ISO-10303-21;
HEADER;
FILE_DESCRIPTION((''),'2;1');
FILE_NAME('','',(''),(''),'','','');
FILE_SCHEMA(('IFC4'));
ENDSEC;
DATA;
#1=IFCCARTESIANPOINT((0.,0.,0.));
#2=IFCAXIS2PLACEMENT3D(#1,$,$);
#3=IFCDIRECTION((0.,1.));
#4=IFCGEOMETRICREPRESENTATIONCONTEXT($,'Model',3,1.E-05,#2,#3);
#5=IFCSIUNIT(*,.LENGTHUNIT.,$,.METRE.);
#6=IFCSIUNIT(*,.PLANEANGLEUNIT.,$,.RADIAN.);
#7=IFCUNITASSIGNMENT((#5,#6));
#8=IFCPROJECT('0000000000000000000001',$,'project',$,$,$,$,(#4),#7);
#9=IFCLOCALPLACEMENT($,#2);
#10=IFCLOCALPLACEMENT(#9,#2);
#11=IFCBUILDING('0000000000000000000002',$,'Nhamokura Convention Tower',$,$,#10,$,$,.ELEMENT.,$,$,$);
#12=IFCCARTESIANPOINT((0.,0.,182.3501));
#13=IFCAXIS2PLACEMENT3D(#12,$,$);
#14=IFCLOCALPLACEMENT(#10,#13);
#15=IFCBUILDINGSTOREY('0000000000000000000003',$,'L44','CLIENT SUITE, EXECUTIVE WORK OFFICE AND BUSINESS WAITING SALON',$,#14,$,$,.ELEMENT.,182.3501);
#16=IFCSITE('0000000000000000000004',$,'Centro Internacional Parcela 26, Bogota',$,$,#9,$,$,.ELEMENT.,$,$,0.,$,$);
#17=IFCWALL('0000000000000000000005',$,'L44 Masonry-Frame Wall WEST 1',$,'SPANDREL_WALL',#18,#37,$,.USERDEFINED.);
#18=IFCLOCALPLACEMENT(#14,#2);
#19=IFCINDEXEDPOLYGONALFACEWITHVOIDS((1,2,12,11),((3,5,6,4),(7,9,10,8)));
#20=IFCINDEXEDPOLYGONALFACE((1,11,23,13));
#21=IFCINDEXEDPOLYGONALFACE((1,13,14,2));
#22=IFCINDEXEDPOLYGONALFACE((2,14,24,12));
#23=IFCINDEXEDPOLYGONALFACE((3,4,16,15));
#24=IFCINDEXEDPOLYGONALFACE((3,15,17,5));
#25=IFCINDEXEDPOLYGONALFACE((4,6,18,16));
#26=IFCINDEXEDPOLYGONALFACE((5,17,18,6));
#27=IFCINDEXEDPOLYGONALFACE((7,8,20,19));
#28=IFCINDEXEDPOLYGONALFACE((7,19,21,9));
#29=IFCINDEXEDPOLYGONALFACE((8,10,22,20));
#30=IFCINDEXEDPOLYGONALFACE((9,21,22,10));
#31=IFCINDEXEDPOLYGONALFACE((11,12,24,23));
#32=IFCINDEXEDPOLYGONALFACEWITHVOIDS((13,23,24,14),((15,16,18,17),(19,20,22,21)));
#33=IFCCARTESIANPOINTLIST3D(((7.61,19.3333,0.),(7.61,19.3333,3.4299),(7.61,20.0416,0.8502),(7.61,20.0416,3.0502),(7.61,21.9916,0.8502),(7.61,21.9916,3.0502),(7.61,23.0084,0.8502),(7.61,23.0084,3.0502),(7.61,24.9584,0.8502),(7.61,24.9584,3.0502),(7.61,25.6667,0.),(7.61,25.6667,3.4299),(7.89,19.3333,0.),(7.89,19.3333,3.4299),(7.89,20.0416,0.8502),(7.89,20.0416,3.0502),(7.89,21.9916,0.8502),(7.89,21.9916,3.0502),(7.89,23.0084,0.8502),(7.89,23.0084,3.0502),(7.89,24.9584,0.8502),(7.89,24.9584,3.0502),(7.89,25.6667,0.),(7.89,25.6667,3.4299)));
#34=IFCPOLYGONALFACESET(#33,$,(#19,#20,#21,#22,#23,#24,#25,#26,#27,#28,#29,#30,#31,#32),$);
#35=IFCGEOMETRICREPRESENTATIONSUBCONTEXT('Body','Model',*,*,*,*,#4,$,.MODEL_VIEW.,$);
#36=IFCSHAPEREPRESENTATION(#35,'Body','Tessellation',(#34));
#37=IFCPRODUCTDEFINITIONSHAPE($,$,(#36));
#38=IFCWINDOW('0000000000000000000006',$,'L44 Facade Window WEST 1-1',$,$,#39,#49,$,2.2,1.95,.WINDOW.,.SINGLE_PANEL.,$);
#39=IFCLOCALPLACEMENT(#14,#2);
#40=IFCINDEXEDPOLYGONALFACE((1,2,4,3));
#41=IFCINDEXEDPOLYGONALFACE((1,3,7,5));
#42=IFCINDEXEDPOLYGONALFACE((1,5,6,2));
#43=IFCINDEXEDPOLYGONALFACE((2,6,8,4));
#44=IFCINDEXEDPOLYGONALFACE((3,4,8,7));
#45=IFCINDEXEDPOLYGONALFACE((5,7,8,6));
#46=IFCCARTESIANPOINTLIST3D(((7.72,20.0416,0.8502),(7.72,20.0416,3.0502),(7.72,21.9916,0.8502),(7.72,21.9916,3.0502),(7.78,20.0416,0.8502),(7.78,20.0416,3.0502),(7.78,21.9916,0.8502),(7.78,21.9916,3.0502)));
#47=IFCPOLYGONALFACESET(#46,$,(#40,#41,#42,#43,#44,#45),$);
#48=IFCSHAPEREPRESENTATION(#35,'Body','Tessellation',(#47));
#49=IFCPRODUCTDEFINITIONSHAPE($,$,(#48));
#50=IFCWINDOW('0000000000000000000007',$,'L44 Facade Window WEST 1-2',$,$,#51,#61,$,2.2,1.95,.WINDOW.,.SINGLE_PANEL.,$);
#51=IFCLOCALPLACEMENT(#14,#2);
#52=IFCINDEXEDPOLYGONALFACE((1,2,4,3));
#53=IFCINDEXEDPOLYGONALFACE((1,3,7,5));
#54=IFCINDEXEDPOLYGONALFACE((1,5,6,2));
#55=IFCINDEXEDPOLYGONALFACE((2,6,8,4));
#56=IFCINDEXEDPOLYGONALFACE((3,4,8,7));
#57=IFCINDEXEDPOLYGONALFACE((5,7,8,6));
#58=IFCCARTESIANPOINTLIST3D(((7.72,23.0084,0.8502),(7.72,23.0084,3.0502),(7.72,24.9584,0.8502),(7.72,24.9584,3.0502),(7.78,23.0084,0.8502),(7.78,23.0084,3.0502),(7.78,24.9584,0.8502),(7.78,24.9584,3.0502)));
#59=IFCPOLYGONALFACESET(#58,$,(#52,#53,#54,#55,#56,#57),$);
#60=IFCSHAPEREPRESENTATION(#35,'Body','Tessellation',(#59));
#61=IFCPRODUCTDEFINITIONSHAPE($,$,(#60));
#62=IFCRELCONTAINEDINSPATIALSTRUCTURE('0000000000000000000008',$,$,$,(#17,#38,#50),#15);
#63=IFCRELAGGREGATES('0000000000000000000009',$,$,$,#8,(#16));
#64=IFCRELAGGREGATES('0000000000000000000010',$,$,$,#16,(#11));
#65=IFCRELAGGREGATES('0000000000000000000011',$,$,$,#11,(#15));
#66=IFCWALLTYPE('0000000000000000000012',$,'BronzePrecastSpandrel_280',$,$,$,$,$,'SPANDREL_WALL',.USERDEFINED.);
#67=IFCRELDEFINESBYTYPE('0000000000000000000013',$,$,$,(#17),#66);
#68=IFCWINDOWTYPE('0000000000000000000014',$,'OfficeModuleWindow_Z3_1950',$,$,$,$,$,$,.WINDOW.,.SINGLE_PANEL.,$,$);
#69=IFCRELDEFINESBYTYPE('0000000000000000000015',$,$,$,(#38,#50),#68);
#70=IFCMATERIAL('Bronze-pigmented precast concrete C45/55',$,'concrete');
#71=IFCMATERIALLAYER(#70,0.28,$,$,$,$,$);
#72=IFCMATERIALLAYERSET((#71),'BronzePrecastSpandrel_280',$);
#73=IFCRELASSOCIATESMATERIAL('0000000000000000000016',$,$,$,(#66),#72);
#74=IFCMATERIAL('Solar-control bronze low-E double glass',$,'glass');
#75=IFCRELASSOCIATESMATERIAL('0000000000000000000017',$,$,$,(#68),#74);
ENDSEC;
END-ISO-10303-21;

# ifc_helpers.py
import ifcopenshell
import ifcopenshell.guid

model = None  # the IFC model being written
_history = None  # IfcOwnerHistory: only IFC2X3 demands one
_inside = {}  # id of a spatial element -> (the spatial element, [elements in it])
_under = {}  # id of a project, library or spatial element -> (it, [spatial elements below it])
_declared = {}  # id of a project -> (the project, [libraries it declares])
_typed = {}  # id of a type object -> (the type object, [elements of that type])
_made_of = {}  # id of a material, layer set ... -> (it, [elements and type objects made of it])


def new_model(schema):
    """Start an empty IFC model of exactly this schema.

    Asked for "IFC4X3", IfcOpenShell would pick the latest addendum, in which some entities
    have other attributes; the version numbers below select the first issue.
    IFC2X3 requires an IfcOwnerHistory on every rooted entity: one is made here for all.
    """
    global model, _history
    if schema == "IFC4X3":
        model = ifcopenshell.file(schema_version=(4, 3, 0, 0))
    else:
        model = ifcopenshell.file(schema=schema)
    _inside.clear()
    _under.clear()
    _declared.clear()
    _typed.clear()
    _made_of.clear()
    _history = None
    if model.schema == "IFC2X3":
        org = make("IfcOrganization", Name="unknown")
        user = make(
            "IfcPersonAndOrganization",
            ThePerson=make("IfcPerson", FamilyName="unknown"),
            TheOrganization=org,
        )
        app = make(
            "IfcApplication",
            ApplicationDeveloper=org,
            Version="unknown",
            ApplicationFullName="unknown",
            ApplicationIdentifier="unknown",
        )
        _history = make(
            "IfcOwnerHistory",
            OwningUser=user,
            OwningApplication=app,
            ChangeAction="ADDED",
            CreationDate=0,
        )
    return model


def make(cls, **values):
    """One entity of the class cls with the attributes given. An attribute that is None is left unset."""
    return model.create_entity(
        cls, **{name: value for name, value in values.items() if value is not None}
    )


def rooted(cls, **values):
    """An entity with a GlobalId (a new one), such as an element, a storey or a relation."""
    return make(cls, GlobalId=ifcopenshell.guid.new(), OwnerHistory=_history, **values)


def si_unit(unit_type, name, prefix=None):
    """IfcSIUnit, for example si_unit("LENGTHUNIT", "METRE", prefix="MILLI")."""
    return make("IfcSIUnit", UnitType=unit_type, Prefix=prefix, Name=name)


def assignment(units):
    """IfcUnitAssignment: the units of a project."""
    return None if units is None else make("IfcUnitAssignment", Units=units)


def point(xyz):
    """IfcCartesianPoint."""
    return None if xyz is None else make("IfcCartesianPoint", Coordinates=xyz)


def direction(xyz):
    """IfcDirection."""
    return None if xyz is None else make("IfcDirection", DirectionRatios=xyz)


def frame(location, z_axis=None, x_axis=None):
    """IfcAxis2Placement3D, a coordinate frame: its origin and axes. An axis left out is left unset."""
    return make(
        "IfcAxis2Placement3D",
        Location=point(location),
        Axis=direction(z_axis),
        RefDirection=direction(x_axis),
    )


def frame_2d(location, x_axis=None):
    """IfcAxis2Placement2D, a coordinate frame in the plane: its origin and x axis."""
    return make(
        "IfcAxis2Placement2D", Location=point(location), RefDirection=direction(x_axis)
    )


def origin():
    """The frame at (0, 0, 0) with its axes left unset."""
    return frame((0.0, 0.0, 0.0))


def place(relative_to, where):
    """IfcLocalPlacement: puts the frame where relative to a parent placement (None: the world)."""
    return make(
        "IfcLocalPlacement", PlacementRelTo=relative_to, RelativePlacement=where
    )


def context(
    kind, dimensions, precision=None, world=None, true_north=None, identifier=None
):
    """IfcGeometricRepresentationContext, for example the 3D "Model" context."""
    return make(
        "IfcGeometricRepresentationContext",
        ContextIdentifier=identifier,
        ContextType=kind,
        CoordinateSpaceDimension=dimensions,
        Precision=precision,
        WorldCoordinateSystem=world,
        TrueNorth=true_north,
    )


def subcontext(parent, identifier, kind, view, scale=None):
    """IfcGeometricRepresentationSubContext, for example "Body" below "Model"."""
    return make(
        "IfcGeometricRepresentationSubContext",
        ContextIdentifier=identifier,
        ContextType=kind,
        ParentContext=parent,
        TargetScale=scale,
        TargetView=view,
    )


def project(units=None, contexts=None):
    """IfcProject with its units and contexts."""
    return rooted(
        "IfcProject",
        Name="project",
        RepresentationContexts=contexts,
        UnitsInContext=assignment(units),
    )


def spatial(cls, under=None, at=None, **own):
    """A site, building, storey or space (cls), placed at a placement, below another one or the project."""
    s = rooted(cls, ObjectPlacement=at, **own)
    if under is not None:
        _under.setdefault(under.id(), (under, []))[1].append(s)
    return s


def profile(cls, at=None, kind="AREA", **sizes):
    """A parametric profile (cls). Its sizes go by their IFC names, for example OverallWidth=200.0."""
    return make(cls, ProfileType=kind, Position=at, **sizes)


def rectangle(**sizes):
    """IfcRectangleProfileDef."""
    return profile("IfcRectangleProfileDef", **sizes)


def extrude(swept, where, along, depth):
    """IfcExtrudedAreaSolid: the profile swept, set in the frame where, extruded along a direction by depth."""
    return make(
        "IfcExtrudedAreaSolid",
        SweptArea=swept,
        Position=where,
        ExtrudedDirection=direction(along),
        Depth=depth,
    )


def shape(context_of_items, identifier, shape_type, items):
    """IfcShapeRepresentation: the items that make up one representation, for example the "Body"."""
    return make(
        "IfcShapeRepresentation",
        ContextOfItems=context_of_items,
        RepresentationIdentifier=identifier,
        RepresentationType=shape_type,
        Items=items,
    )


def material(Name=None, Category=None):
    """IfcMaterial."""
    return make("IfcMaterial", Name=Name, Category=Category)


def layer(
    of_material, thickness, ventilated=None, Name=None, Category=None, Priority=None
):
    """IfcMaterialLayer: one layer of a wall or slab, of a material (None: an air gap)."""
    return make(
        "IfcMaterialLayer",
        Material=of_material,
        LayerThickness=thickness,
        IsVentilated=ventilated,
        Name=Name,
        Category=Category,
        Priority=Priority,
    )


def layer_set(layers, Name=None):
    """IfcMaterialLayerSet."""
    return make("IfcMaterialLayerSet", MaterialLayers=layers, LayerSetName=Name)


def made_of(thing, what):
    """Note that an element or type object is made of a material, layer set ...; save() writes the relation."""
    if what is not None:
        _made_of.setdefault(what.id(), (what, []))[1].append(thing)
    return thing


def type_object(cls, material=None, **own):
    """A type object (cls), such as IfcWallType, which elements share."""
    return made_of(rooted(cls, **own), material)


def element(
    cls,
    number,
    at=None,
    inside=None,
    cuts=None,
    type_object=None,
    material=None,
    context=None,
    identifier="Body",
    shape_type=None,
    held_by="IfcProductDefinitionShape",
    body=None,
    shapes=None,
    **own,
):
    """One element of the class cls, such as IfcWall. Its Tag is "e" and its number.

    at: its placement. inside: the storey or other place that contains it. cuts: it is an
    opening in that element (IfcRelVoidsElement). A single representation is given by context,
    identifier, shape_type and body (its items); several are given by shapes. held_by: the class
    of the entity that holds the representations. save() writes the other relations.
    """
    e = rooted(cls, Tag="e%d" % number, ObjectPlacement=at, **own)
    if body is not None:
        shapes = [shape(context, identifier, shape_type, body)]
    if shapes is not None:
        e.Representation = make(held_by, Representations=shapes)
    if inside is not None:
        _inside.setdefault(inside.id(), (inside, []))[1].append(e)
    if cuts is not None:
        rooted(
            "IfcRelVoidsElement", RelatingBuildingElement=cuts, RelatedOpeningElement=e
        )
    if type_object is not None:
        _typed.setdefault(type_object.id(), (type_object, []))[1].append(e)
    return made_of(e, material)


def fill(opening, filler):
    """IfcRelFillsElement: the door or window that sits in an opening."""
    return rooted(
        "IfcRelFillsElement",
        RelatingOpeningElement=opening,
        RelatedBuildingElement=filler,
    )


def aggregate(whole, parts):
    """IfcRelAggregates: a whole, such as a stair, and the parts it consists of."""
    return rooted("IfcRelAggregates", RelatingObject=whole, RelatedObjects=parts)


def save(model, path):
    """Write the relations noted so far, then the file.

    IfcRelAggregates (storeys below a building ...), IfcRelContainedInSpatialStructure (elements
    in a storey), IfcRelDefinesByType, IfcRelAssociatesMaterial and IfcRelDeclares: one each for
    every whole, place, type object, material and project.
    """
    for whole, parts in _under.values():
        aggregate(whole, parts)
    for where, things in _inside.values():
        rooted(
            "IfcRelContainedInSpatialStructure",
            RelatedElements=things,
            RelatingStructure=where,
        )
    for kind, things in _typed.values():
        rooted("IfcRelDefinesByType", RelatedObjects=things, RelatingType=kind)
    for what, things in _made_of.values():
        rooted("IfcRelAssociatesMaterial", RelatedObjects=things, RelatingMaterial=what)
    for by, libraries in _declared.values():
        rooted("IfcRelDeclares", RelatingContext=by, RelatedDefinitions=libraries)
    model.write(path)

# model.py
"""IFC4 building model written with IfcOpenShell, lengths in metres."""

from ifc_helpers import new_model, si_unit, direction, frame, frame_2d, origin, place, context, subcontext, project, spatial, rectangle, extrude, material, layer, layer_set, type_object, element, fill, save


model = new_model("IFC4")

# Units and contexts
model_context = context("Model", 3, precision=1e-05, world=origin(), true_north=direction((0.0, 1.0)))
body_context = subcontext(model_context, "Body", "Model", "MODEL_VIEW")
ifc_project = project(units=[si_unit("LENGTHUNIT", "METRE"), si_unit("PLANEANGLEUNIT", "RADIAN")], contexts=[model_context])

# Site, building, storey
site_placement = place(None, origin())
site = spatial("IfcSite", under=ifc_project, at=site_placement, Name="Centro Internacional Parcela 26, Bogota", CompositionType="ELEMENT", RefElevation=0.0)
building_placement = place(site_placement, origin())
building = spatial("IfcBuilding", under=site, at=building_placement, Name="Nhamokura Convention Tower", CompositionType="ELEMENT")
storey_placement = place(building_placement, frame((0.0, 0.0, 182.3501)))
storey = spatial("IfcBuildingStorey", under=building, at=storey_placement, Name="L44", Description="CLIENT SUITE, EXECUTIVE WORK OFFICE AND BUSINESS WAITING SALON", CompositionType="ELEMENT", Elevation=182.3501)

# Shared definitions
ifc_material_1 = material(Name="Bronze-pigmented precast concrete C45/55", Category="concrete")
ifc_layer_1 = layer(ifc_material_1, 0.28)
ifc_layer_set_1 = layer_set([ifc_layer_1], Name="BronzePrecastSpandrel_280")
wall_type = type_object("IfcWallType", Name="BronzePrecastSpandrel_280", ElementType="SPANDREL_WALL", PredefinedType="USERDEFINED", material=ifc_layer_set_1)

# Wall, openings, windows
wall_1_placement = place(storey_placement, frame((7.75, 19.3333, 0.0), z_axis=(0.0, 0.0, 1.0), x_axis=(0.0, 1.0, 0.0)))
wall_1 = element("IfcWall", 1, at=wall_1_placement, inside=storey, type_object=wall_type, Name="L44 Masonry-Frame Wall WEST 1", ObjectType="SPANDREL_WALL", PredefinedType="USERDEFINED", context=body_context, shape_type="SweptSolid", body=[
    extrude(rectangle(XDim=6.3335, YDim=0.28, at=frame_2d((3.1667, 0.0))), origin(), (0.0, 0.0, 1.0), 3.4299),
])
opening_1_placement = place(wall_1_placement, frame((0.7083, 0.0, 0.8501)))
opening_1 = element("IfcOpeningElement", 2, at=opening_1_placement, cuts=wall_1, PredefinedType="OPENING", context=body_context, shape_type="SweptSolid", body=[
    extrude(rectangle(XDim=1.95, YDim=2.2, at=frame_2d((0.9751, 1.1001))), frame((0.0, 0.1499, 0.0), z_axis=(0.0, -1.0, 0.0), x_axis=(1.0, 0.0, 0.0)), (0.0, 0.0, 1.0), 0.3),
])
opening_2_placement = place(wall_1_placement, frame((3.675, 0.0, 0.8501)))
opening_2 = element("IfcOpeningElement", 3, at=opening_2_placement, cuts=wall_1, PredefinedType="OPENING", context=body_context, shape_type="SweptSolid", body=[
    extrude(rectangle(XDim=1.95, YDim=2.2, at=frame_2d((0.9751, 1.1001))), frame((0.0, 0.1499, 0.0), z_axis=(0.0, -1.0, 0.0), x_axis=(1.0, 0.0, 0.0)), (0.0, 0.0, 1.0), 0.3),
])
ifc_material_2 = material(Name="Solar-control bronze low-E double glass", Category="glass")
window_type = type_object("IfcWindowType", Name="OfficeModuleWindow_Z3_1950", PartitioningType="SINGLE_PANEL", PredefinedType="WINDOW", material=ifc_material_2)
window_1_placement = place(opening_1_placement, origin())
window_1 = element("IfcWindow", 4, at=window_1_placement, inside=storey, type_object=window_type, Name="L44 Facade Window WEST 1-1", OverallHeight=2.2, OverallWidth=1.95, PartitioningType="SINGLE_PANEL", PredefinedType="WINDOW", context=body_context, shape_type="SweptSolid", body=[
    extrude(rectangle(XDim=1.95, YDim=2.2, at=frame_2d((0.9751, 1.1001))), frame((0.0, 0.03, 0.0), z_axis=(0.0, -1.0, 0.0), x_axis=(1.0, 0.0, 0.0)), (0.0, 0.0, 1.0), 0.0601),
])
fill(opening_1, window_1)
window_2_placement = place(opening_2_placement, origin())
window_2 = element("IfcWindow", 5, at=window_2_placement, inside=storey, type_object=window_type, Name="L44 Facade Window WEST 1-2", OverallHeight=2.2, OverallWidth=1.95, PartitioningType="SINGLE_PANEL", PredefinedType="WINDOW", context=body_context, shape_type="SweptSolid", body=[
    extrude(rectangle(XDim=1.95, YDim=2.2, at=frame_2d((0.9751, 1.1001))), frame((0.0, 0.03, 0.0), z_axis=(0.0, -1.0, 0.0), x_axis=(1.0, 0.0, 0.0)), (0.0, 0.0, 1.0), 0.0601),
])
fill(opening_2, window_2)

save(model, "model.ifc")
